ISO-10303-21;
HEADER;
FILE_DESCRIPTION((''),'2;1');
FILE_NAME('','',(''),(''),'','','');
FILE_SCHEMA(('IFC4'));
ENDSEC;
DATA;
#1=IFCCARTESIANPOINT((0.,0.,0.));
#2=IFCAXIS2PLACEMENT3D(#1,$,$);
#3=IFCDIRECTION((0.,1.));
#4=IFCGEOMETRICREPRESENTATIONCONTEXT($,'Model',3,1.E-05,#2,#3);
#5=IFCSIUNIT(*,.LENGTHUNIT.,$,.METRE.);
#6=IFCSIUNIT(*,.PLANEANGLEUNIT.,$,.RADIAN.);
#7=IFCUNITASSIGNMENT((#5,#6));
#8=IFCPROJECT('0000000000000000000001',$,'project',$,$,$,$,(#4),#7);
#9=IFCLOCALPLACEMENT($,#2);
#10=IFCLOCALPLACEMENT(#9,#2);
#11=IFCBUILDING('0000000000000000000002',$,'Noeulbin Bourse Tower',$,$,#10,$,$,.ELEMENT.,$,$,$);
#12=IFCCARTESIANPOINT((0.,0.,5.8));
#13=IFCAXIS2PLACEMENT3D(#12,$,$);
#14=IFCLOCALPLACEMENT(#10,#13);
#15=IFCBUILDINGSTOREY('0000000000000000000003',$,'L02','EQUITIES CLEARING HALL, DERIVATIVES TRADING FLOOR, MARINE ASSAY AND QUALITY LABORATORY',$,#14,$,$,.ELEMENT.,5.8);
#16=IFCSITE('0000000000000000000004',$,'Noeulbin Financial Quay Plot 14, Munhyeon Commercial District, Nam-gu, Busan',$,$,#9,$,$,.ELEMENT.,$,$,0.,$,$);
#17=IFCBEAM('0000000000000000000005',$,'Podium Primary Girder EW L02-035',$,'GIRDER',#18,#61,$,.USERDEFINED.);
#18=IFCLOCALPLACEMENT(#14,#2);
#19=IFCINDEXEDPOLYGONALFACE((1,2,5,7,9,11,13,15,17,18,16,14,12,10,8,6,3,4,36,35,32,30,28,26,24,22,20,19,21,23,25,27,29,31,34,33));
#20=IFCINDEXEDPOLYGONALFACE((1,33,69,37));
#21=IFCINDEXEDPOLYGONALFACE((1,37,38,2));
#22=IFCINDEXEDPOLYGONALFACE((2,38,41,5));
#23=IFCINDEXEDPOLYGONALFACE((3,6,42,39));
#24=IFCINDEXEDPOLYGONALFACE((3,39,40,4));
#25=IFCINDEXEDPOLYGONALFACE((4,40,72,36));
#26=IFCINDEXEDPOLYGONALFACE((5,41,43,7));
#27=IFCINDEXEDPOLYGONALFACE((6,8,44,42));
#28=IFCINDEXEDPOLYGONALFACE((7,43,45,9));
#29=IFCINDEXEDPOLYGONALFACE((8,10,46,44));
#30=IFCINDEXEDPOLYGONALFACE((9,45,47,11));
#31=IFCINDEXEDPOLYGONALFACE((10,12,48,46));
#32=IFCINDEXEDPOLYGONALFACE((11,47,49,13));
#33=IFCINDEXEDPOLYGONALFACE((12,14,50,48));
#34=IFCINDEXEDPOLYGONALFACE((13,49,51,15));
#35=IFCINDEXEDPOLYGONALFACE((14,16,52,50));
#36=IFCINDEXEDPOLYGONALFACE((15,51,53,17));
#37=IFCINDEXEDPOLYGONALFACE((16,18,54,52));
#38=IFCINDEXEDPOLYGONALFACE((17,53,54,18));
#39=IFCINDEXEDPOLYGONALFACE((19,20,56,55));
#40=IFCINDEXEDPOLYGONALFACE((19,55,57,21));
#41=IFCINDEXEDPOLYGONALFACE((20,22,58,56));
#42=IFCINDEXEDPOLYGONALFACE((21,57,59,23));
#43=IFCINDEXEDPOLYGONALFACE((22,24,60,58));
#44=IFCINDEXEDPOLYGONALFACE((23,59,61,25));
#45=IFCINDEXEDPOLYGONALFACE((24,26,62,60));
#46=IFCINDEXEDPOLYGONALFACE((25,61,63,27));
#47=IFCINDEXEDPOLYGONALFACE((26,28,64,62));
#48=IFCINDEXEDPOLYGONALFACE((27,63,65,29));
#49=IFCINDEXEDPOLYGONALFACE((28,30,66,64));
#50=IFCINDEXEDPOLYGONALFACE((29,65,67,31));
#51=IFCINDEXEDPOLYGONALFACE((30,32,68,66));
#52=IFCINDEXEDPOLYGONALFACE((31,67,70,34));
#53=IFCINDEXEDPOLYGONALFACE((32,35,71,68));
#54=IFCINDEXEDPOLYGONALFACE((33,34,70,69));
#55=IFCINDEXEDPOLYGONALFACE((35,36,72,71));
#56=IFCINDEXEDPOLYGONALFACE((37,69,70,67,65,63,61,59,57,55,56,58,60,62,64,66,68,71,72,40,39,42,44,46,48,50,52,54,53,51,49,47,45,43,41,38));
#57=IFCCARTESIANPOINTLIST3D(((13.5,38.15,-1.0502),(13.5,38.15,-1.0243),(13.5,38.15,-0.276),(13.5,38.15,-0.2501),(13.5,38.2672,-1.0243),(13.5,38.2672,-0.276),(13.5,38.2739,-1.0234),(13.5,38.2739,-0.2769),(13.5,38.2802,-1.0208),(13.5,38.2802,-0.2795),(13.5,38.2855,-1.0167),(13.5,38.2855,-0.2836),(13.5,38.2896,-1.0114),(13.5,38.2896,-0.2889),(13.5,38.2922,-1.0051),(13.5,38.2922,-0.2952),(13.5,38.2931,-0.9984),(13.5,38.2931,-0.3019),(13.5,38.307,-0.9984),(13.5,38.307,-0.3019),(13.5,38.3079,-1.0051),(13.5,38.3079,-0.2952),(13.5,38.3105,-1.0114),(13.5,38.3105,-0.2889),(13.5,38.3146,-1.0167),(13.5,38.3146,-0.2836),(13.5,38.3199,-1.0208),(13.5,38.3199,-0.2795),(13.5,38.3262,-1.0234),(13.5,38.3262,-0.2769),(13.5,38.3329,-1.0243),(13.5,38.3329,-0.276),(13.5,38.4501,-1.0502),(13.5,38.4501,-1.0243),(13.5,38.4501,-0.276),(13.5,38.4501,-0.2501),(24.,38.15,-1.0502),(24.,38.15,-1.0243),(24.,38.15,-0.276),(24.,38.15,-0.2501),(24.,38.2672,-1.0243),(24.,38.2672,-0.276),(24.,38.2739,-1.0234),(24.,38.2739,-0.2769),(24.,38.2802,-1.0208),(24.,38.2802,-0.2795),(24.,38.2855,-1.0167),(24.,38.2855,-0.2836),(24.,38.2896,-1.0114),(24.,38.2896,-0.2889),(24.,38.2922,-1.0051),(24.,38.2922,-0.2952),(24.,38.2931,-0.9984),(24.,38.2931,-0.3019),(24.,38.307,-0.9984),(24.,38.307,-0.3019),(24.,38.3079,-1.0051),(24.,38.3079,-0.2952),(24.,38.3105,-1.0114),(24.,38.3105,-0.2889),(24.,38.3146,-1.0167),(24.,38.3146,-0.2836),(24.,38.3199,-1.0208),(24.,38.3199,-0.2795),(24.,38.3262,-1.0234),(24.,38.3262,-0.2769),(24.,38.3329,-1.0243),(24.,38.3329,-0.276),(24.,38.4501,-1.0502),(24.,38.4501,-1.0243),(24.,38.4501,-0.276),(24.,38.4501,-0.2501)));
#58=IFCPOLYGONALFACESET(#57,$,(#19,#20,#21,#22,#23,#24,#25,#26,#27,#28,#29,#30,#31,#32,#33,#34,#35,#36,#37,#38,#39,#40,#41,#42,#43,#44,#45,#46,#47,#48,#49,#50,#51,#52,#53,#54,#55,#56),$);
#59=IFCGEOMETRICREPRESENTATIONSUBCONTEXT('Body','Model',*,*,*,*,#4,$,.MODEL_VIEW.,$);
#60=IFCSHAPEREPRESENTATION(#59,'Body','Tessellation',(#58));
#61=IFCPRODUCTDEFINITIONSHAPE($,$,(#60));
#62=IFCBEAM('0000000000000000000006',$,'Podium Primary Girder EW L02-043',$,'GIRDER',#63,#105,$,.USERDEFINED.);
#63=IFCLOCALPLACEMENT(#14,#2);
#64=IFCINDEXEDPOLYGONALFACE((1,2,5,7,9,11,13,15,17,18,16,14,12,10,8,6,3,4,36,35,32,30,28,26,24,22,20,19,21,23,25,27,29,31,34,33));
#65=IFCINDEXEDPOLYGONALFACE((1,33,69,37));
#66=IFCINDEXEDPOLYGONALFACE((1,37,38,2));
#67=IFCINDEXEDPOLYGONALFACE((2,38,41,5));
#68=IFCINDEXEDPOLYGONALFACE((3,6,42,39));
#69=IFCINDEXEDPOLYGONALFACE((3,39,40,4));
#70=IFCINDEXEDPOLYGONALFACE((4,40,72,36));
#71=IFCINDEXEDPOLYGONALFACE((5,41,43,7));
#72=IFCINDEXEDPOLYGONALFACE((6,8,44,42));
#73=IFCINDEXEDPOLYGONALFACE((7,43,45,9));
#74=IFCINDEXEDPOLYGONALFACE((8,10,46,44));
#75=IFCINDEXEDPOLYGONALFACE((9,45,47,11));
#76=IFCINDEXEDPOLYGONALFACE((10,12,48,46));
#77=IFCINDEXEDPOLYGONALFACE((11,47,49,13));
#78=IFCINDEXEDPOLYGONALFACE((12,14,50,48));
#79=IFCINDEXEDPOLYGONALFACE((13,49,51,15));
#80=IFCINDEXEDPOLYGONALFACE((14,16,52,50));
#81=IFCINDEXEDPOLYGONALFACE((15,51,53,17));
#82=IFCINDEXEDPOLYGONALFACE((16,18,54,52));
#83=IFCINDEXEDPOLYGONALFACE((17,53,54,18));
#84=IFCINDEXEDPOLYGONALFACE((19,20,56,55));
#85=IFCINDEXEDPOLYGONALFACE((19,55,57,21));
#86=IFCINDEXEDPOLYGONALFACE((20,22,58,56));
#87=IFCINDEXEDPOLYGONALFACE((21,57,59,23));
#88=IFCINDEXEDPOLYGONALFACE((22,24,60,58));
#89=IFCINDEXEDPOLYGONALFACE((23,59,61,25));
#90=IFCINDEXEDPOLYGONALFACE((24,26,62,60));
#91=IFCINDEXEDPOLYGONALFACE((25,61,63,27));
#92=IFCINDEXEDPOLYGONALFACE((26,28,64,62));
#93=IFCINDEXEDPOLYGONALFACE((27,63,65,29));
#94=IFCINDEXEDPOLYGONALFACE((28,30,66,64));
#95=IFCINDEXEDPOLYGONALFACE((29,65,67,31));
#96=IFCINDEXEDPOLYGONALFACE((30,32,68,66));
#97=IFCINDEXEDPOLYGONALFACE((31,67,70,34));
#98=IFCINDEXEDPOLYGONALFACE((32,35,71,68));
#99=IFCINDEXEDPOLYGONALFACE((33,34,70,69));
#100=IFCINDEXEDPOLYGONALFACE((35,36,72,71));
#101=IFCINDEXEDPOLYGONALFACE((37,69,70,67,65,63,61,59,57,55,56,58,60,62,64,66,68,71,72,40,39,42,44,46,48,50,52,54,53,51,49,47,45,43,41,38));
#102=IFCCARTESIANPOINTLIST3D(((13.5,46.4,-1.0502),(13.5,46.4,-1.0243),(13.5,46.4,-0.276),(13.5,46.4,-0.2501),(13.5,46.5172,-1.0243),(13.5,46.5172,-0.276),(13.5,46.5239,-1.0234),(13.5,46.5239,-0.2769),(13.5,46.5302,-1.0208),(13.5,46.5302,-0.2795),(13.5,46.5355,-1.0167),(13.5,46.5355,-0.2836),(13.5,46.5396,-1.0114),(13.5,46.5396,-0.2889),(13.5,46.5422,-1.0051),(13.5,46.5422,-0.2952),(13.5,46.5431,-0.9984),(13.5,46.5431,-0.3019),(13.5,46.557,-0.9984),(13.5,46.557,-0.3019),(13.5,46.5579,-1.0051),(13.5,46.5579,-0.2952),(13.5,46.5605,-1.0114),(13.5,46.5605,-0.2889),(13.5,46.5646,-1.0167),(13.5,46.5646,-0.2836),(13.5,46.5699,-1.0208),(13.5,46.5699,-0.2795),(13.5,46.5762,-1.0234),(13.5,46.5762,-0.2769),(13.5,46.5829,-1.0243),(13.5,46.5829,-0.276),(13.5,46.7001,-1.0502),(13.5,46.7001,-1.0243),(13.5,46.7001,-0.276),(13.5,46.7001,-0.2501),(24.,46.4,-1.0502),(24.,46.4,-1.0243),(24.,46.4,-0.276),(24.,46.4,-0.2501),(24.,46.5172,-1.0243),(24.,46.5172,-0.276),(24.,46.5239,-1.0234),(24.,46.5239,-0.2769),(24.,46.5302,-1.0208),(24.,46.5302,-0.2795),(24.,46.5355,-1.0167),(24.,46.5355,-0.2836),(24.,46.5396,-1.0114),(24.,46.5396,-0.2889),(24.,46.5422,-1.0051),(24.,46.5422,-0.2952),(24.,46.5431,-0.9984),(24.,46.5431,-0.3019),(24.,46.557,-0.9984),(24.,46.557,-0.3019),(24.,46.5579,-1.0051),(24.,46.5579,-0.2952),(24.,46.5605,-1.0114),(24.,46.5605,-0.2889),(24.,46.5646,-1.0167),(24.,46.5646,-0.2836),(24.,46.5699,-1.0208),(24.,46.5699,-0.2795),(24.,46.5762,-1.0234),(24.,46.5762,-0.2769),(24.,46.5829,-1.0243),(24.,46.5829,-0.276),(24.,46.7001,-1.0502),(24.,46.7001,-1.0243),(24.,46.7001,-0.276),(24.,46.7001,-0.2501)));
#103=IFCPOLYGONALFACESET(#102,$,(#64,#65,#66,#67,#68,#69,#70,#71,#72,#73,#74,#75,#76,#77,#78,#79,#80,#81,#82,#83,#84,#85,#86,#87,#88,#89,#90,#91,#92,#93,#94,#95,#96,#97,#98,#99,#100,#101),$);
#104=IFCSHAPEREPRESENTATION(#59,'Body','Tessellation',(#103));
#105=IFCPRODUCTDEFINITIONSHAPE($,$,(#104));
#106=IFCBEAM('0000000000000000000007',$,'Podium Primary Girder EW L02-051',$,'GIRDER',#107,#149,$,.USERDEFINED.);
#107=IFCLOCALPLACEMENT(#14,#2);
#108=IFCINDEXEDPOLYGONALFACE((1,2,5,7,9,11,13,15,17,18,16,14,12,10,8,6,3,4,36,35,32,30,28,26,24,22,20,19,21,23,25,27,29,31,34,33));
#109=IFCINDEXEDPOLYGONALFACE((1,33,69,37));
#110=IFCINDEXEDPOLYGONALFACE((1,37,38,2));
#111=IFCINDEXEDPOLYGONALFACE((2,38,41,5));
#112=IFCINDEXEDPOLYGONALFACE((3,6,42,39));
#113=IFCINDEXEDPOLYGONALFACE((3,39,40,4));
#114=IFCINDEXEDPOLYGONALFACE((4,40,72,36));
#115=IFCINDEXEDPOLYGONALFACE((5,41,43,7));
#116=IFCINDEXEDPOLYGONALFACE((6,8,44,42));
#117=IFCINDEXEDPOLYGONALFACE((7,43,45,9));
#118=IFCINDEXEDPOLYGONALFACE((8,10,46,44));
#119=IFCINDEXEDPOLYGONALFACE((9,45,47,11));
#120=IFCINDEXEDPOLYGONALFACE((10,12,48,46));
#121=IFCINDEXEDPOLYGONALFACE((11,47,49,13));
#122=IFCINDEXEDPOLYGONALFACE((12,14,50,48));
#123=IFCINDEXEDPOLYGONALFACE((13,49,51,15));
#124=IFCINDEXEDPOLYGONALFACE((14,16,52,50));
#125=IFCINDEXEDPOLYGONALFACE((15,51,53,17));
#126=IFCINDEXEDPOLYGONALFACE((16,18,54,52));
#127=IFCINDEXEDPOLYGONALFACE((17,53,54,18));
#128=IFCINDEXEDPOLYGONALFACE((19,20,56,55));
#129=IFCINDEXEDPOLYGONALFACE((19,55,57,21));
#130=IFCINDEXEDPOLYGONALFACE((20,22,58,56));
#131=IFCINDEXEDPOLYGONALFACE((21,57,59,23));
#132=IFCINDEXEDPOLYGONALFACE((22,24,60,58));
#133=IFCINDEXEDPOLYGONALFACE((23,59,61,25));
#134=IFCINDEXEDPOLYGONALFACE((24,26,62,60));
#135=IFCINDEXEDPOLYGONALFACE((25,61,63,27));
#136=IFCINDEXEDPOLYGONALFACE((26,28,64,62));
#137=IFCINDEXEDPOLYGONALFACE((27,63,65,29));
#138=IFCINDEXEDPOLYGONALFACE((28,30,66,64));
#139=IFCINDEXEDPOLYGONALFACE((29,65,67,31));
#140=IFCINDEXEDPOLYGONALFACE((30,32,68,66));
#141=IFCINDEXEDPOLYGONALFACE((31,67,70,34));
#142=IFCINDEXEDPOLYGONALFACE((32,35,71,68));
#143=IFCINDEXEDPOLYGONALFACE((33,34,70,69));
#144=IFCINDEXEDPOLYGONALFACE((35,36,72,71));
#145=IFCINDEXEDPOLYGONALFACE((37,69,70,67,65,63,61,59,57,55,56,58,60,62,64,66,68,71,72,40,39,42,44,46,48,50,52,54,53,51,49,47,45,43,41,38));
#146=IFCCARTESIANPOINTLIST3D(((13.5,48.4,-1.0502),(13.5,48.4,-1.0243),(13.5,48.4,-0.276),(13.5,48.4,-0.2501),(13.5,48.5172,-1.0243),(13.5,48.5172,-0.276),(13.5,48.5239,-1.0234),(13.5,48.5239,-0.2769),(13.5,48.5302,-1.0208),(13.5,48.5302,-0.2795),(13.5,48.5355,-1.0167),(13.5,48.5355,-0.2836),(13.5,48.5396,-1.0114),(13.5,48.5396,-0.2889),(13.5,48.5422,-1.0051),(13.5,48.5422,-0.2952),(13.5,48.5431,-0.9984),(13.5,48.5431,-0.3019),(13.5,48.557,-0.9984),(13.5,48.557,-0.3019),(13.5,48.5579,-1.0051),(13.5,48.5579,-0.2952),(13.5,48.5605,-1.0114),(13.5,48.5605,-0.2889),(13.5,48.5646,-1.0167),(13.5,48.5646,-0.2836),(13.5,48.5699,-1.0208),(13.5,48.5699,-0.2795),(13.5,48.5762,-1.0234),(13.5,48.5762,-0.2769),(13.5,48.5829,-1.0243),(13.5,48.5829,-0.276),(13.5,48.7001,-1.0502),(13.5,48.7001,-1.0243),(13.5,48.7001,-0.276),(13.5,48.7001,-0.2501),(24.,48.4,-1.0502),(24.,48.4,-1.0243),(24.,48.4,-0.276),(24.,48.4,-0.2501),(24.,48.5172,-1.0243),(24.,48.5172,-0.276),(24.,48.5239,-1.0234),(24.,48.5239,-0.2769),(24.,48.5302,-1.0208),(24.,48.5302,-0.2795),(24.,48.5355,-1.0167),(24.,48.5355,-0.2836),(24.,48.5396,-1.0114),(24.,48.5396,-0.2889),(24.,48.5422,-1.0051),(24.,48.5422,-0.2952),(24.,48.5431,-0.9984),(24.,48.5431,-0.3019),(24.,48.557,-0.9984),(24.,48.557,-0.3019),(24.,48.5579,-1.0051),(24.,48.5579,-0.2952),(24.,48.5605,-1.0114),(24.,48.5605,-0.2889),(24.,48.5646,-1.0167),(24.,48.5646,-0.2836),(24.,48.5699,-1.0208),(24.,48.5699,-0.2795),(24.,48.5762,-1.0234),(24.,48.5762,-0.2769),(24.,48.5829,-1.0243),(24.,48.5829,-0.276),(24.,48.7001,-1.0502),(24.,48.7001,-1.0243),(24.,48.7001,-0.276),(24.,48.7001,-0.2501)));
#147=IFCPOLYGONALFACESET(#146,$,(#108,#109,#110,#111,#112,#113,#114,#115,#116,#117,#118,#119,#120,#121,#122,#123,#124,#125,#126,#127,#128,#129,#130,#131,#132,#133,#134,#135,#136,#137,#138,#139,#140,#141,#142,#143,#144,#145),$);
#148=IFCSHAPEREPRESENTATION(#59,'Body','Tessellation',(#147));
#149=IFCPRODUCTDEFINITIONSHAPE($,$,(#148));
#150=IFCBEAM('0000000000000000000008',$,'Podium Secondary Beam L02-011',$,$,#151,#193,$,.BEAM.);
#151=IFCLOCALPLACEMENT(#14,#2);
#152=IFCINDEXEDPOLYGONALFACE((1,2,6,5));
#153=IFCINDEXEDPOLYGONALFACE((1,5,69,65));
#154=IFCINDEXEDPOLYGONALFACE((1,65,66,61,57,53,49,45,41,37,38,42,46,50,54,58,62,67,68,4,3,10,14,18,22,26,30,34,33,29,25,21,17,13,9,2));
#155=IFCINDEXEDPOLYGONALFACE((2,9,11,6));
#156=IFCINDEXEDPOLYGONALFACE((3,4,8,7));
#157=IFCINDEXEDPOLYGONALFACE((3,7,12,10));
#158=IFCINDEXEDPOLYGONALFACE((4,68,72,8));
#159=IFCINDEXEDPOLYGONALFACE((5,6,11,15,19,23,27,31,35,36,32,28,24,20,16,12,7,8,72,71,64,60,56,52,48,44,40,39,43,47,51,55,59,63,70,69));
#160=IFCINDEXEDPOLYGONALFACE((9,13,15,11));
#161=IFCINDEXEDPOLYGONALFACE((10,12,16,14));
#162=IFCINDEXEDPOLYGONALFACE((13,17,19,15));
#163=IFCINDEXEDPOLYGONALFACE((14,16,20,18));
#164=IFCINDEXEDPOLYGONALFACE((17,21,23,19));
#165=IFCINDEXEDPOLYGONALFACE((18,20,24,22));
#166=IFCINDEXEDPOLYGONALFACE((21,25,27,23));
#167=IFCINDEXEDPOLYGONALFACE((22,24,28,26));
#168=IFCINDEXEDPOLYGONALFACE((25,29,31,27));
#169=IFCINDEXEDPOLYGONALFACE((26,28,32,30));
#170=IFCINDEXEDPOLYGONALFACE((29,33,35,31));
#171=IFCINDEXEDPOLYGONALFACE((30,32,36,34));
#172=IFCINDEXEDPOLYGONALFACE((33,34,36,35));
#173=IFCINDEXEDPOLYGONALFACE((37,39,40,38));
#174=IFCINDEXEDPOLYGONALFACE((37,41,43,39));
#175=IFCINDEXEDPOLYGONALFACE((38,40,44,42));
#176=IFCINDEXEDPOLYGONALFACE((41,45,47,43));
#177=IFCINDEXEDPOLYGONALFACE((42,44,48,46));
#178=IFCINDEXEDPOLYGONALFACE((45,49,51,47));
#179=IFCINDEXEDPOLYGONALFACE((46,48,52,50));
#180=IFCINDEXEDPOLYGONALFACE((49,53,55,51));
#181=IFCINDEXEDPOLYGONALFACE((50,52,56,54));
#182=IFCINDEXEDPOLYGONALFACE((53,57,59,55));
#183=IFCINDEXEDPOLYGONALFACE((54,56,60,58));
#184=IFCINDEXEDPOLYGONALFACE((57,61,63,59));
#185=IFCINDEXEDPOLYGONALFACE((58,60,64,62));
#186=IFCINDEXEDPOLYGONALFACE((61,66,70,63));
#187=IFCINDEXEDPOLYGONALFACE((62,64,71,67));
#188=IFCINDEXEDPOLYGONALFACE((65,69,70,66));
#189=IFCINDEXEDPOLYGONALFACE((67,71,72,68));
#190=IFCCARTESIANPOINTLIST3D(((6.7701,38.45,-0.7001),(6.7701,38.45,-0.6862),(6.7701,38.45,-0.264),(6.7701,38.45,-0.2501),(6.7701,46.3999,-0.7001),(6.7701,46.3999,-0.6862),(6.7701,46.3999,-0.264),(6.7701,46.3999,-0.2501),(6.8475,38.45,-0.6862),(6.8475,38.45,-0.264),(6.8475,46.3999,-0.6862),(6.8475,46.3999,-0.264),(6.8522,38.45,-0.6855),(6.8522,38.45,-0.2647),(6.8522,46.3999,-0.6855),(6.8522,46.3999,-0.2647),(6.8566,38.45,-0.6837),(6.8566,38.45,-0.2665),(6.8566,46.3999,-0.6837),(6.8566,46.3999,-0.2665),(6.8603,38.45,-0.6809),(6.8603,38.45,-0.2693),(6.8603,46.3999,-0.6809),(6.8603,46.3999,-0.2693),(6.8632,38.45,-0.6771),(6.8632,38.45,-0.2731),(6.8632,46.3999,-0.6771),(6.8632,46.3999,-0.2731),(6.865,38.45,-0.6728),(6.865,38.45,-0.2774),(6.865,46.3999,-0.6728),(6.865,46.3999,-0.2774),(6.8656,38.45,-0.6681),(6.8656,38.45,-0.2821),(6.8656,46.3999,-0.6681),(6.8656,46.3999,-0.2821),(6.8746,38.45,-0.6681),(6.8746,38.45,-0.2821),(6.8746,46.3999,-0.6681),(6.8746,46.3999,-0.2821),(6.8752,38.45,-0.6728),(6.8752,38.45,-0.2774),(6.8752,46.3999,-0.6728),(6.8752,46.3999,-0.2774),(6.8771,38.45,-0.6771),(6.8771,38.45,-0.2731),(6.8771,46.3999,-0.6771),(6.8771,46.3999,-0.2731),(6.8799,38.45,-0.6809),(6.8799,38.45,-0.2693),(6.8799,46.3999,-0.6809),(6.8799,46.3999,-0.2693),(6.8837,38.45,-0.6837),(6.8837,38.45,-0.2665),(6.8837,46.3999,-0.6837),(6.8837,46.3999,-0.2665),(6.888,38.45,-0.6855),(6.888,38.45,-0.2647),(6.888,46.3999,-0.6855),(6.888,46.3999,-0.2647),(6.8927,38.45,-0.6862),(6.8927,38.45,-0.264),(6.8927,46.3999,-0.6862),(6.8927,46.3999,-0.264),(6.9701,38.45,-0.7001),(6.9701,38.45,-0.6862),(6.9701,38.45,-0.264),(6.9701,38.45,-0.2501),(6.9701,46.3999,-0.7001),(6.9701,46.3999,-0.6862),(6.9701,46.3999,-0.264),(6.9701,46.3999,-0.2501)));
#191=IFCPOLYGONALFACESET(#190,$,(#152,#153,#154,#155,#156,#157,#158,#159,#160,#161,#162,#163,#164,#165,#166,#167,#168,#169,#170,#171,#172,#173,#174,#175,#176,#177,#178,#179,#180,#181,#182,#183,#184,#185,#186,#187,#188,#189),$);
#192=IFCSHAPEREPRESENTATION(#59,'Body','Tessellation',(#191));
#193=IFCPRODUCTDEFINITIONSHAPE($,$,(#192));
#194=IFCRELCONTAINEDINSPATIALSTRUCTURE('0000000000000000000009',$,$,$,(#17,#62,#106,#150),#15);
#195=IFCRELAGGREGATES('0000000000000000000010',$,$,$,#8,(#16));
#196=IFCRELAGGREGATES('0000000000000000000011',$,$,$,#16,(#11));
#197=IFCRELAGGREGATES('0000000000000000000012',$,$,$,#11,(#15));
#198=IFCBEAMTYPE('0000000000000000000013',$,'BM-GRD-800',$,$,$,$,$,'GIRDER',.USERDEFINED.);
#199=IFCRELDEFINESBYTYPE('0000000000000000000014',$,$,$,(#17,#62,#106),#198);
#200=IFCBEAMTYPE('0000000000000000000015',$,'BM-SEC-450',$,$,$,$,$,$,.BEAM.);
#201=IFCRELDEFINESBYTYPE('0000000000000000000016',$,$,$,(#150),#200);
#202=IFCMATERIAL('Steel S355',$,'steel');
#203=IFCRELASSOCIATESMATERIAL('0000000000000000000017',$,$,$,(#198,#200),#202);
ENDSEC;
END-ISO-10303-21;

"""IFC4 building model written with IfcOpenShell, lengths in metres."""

from ifc_helpers import new_model, si_unit, direction, frame, origin, origin_2d, place, context, subcontext, project, spatial, i_section, extrude, material, material_profile, profile_set, type_object, element, save


model = new_model("IFC4")

# Units and contexts
model_context = context("Model", 3, precision=1e-05, world=origin(), true_north=direction((0.0, 1.0)))
body_context = subcontext(model_context, "Body", "Model", "MODEL_VIEW")
ifc_project = project(units=[si_unit("LENGTHUNIT", "METRE"), si_unit("PLANEANGLEUNIT", "RADIAN")], contexts=[model_context])

# Site, building, storey
site_placement = place(None, origin())
site = spatial("IfcSite", under=ifc_project, at=site_placement, Name="Noeulbin Financial Quay Plot 14, Munhyeon Commercial District, Nam-gu, Busan", CompositionType="ELEMENT", RefElevation=0.0)
building_placement = place(site_placement, origin())
building = spatial("IfcBuilding", under=site, at=building_placement, Name="Noeulbin Bourse Tower", CompositionType="ELEMENT")
storey_placement = place(building_placement, frame((0.0, 0.0, 5.8)))
storey = spatial("IfcBuildingStorey", under=building, at=storey_placement, Name="L02", Description="EQUITIES CLEARING HALL, DERIVATIVES TRADING FLOOR, MARINE ASSAY AND QUALITY LABORATORY", CompositionType="ELEMENT", Elevation=5.8)

# Beams
ifc_material_1 = material(Name="Steel S355", Category="steel")
ifc_material_profile_1 = material_profile(ifc_material_1, i_section(OverallWidth=0.3, OverallDepth=0.8, WebThickness=0.0139, FlangeThickness=0.0259, FilletRadius=0.0259, at=origin_2d()), Name="H-800x300x14x26", Category="LoadBearing")
ifc_profile_set_1 = profile_set([ifc_material_profile_1], Name="Steel S355")
beam_type_1 = type_object("IfcBeamType", Name="BM-GRD-800", ElementType="GIRDER", PredefinedType="USERDEFINED", material=ifc_profile_set_1)
for number, where, z_axis, x_axis, name in (
    (1, (13.5, 38.3, -0.6501), (1.0, 0.0, 0.0), (0.0, 1.0, 0.0), "Podium Primary Girder EW L02-035"),
    (2, (13.5, 46.55, -0.6501), (1.0, 0.0, 0.0), (0.0, 1.0, 0.0), "Podium Primary Girder EW L02-043"),
    (3, (13.5, 48.55, -0.6501), (1.0, 0.0, 0.0), (0.0, 1.0, 0.0), "Podium Primary Girder EW L02-051"),
):
    element("IfcBeam", number, at=place(storey_placement, frame(where, z_axis=z_axis, x_axis=x_axis)), inside=storey, type_object=beam_type_1, Name=name, ObjectType="GIRDER", PredefinedType="USERDEFINED", context=body_context, shape_type="SweptSolid", body=[
        extrude(i_section(OverallWidth=0.3, OverallDepth=0.8, WebThickness=0.0139, FlangeThickness=0.0259, FilletRadius=0.0259, at=origin_2d()), origin(), (0.0, 0.0, 1.0), 10.5),
    ])
ifc_material_profile_2 = material_profile(ifc_material_1, i_section(OverallWidth=0.2, OverallDepth=0.45, WebThickness=0.009, FlangeThickness=0.0139, FilletRadius=0.0181, at=origin_2d()), Name="H-450x200x9x14", Category="LoadBearing")
ifc_profile_set_2 = profile_set([ifc_material_profile_2], Name="Steel S355")
beam_type_2 = type_object("IfcBeamType", Name="BM-SEC-450", PredefinedType="BEAM", material=ifc_profile_set_2)
beam_1_placement = place(storey_placement, frame((6.8701, 38.45, -0.4751), z_axis=(0.0, 1.0, 0.0), x_axis=(-1.0, 0.0, 0.0)))
element("IfcBeam", 4, at=beam_1_placement, inside=storey, type_object=beam_type_2, Name="Podium Secondary Beam L02-011", PredefinedType="BEAM", context=body_context, shape_type="SweptSolid", body=[
    extrude(i_section(OverallWidth=0.2, OverallDepth=0.45, WebThickness=0.009, FlangeThickness=0.0139, FilletRadius=0.0181, at=origin_2d()), origin(), (0.0, 0.0, 1.0), 7.95),
])

save(model, "model.ifc")
